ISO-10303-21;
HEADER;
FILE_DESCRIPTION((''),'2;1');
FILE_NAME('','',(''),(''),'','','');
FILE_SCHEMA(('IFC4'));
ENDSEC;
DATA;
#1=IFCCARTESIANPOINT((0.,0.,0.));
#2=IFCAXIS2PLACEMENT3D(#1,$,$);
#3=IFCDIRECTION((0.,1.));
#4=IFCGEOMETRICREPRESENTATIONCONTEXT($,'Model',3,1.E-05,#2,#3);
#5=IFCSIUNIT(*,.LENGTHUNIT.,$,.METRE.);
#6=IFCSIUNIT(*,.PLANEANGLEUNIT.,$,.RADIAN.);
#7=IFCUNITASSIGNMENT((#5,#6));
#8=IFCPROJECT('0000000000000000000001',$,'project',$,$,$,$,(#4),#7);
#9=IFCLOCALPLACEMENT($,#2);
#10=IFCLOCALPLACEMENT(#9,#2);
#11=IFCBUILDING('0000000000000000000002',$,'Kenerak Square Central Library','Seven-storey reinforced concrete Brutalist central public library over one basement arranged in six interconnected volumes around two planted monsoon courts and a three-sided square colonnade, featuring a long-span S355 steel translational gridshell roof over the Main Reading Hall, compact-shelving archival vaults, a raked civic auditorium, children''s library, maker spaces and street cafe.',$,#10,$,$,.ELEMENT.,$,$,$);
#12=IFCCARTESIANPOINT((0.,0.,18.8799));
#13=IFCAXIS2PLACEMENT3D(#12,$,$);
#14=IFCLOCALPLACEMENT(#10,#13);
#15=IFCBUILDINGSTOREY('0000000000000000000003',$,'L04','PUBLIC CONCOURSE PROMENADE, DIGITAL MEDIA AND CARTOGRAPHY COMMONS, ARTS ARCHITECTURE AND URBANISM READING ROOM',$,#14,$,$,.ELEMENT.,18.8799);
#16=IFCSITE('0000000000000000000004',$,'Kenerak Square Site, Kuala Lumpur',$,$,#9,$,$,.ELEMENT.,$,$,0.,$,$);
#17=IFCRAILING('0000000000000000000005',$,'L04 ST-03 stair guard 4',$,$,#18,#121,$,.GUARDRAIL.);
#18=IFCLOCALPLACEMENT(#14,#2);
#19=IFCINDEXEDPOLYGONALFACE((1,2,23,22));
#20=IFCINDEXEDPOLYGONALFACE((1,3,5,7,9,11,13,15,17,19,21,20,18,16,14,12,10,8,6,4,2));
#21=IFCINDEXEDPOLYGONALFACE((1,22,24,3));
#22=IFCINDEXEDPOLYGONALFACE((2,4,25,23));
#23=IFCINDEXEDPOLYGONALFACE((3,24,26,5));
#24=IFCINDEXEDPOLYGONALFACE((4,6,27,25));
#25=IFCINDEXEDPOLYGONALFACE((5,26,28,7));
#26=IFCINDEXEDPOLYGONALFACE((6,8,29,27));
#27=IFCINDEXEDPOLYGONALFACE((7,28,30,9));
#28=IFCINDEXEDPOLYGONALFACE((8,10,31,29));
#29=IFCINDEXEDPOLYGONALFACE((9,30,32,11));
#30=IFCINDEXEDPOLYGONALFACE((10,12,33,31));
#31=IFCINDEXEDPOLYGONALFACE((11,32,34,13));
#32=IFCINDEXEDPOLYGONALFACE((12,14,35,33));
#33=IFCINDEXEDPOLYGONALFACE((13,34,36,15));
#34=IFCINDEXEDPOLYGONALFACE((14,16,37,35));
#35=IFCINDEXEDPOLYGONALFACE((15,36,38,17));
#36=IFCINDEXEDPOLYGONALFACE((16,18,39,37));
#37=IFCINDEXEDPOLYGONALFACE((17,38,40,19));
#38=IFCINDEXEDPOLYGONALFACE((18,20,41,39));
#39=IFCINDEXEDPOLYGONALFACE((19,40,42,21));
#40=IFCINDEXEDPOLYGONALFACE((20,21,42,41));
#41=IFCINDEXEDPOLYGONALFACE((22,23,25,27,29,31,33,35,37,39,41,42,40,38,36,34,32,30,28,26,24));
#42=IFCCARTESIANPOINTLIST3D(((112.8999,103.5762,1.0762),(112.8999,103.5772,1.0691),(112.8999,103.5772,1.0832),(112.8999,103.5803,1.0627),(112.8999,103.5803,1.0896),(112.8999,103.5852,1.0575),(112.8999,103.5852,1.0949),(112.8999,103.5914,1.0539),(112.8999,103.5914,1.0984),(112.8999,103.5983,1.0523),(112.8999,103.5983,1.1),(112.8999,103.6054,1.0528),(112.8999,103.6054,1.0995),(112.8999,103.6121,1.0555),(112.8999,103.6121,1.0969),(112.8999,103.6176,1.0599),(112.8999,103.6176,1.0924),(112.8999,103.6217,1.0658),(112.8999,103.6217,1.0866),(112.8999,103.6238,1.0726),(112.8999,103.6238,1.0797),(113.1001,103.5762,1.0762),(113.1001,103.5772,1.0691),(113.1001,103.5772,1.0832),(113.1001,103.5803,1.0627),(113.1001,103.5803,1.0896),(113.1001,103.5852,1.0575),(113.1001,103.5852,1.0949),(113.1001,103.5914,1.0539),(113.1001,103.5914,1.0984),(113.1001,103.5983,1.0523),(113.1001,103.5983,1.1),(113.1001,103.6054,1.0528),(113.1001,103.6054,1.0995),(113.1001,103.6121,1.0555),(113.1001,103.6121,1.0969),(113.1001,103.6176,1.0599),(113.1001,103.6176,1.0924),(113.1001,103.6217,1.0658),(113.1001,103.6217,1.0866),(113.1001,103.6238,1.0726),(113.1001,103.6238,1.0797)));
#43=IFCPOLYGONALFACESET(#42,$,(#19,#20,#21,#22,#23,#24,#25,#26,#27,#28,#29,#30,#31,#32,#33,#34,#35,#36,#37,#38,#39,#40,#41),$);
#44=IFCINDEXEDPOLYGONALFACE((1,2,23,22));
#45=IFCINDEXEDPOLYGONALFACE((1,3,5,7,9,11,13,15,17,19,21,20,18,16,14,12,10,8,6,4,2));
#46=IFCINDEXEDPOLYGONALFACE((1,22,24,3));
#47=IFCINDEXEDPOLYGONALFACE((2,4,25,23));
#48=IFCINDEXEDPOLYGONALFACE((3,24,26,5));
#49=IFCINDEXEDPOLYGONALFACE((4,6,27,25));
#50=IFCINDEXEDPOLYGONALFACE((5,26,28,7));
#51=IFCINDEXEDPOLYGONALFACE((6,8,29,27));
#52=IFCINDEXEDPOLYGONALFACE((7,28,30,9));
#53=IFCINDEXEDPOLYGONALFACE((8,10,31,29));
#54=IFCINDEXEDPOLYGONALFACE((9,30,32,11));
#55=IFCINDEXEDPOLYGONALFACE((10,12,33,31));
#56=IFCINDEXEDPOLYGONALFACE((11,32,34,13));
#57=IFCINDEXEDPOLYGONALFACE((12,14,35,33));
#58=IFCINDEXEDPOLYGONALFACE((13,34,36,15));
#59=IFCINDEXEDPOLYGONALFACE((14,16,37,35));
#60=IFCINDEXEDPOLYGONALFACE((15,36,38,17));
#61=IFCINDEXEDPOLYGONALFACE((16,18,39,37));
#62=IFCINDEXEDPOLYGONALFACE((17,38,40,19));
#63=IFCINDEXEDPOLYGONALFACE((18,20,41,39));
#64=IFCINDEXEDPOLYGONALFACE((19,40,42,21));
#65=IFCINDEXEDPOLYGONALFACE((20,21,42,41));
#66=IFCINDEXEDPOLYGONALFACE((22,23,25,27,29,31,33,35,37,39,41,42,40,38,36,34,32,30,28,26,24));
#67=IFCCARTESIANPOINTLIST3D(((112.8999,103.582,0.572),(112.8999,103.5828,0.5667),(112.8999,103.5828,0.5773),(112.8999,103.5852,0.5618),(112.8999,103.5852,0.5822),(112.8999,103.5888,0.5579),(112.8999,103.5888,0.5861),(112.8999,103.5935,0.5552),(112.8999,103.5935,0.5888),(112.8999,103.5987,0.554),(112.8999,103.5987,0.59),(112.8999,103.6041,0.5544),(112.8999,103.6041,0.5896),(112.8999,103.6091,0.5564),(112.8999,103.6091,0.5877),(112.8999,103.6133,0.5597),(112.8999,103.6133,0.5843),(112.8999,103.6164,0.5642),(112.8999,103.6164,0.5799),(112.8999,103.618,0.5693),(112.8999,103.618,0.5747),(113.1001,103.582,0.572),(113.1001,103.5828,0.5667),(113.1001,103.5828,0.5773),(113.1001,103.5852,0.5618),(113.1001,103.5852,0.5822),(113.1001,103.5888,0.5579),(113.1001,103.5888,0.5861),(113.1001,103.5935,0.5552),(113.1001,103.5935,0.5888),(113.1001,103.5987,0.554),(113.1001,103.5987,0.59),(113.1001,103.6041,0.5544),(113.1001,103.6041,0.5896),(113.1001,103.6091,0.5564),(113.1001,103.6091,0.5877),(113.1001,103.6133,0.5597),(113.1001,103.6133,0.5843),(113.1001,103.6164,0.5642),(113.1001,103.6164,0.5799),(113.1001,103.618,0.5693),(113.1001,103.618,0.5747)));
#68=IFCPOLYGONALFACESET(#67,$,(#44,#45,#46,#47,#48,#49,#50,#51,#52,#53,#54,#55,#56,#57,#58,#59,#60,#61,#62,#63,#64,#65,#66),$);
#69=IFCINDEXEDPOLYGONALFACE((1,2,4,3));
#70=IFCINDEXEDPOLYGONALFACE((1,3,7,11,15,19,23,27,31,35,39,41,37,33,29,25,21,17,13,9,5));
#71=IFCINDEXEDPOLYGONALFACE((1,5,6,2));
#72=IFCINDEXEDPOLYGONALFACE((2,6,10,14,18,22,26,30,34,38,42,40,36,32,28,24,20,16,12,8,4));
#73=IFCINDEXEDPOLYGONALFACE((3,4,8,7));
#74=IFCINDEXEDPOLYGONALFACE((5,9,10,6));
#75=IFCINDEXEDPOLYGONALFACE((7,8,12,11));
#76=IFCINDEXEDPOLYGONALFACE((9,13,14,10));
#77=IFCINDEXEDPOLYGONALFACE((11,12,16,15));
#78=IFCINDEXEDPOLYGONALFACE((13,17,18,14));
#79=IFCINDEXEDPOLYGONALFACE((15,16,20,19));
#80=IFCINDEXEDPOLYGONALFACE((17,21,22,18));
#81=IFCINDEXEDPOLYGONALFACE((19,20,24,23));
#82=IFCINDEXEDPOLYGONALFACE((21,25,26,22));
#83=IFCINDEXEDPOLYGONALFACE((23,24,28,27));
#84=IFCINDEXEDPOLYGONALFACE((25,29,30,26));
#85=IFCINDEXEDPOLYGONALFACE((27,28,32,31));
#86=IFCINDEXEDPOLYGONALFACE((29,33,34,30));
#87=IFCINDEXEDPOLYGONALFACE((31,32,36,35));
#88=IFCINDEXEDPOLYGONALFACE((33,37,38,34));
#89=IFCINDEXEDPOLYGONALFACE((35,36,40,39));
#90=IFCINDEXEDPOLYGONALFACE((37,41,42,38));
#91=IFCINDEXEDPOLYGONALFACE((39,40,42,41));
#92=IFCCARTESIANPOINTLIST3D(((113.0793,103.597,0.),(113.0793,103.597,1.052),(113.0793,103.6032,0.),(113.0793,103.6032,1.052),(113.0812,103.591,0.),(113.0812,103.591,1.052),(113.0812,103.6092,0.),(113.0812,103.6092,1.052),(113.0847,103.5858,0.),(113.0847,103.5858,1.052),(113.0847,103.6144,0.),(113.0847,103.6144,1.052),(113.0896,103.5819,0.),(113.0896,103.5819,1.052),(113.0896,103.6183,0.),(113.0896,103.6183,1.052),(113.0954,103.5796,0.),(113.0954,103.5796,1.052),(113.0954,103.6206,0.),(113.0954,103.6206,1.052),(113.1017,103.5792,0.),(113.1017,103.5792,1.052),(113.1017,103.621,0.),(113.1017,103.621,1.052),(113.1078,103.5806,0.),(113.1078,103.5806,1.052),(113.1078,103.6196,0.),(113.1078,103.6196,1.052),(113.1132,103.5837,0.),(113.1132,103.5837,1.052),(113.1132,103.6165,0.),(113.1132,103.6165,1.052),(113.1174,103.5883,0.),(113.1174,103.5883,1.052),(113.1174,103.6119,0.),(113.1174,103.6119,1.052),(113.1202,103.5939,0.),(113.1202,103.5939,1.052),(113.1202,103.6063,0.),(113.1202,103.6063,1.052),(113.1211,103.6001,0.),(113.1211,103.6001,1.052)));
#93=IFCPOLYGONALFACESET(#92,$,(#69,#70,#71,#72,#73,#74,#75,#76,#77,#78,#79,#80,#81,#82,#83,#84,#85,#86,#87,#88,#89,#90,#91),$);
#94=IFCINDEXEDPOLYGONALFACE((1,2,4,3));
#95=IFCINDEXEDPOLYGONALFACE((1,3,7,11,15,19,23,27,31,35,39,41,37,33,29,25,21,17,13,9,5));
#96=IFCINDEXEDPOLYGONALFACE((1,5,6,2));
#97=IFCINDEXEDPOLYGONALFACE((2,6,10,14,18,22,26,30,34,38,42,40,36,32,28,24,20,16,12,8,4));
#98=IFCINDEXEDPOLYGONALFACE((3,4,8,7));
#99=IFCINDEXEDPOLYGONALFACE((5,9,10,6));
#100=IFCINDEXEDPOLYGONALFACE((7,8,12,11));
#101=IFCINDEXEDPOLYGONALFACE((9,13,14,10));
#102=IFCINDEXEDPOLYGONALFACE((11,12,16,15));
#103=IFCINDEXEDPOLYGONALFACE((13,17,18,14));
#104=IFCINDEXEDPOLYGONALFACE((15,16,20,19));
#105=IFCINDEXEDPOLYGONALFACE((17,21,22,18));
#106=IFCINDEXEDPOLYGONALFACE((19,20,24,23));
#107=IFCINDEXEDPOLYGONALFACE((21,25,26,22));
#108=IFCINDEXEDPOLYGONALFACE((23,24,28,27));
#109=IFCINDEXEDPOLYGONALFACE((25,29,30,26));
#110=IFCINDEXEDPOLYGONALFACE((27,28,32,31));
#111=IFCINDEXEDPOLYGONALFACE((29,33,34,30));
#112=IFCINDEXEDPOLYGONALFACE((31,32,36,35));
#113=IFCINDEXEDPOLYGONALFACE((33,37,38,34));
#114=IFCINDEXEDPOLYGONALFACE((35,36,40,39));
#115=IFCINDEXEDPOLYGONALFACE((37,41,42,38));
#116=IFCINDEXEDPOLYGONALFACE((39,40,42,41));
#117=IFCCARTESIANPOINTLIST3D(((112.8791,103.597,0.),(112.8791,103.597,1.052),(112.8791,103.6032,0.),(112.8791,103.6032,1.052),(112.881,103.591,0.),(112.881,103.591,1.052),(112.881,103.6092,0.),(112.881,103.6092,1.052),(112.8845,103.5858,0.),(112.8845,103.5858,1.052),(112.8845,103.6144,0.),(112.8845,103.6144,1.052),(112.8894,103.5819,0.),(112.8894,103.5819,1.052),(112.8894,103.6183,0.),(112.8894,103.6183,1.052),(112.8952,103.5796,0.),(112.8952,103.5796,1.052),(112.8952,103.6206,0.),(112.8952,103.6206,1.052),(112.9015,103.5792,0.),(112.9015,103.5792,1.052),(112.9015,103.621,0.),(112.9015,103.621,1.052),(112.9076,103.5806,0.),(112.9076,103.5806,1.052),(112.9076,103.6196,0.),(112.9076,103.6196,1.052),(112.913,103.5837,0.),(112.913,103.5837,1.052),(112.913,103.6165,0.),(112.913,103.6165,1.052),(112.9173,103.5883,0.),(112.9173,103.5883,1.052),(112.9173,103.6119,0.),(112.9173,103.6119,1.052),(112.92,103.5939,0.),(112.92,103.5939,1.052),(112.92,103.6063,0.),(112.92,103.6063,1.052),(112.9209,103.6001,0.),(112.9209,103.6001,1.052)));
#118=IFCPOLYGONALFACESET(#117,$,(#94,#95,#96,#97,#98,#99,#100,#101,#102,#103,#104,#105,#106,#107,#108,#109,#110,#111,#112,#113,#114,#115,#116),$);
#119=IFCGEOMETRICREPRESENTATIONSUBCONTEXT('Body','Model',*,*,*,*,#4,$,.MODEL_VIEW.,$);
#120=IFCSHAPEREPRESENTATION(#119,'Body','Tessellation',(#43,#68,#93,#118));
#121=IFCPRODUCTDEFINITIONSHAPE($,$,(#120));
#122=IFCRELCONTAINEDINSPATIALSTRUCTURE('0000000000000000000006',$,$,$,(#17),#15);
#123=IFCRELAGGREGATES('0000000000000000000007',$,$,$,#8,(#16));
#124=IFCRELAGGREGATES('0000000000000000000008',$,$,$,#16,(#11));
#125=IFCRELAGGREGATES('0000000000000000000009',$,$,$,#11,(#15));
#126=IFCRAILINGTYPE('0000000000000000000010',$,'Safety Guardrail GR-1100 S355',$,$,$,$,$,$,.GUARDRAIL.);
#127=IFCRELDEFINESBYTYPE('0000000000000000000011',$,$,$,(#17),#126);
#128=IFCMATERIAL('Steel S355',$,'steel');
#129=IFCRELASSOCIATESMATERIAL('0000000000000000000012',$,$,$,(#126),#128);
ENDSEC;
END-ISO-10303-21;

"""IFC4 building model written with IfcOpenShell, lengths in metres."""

from ifc_helpers import new_model, si_unit, direction, frame, origin, origin_2d, place, context, subcontext, project, spatial, circle, extrude, material, type_object, element, save


model = new_model("IFC4")

# Units and contexts
model_context = context("Model", 3, precision=1e-05, world=origin(), true_north=direction((0.0, 1.0)))
body_context = subcontext(model_context, "Body", "Model", "MODEL_VIEW")
ifc_project = project(units=[si_unit("LENGTHUNIT", "METRE"), si_unit("PLANEANGLEUNIT", "RADIAN")], contexts=[model_context])

# Site, building, storey
site_placement = place(None, origin())
site = spatial("IfcSite", under=ifc_project, at=site_placement, Name="Kenerak Square Site, Kuala Lumpur", CompositionType="ELEMENT", RefElevation=0.0)
building_placement = place(site_placement, origin())
building = spatial("IfcBuilding", under=site, at=building_placement, Name="Kenerak Square Central Library", Description="Seven-storey reinforced concrete Brutalist central public library over one basement arranged in six interconnected volumes around two planted monsoon courts and a three-sided square colonnade, featuring a long-span S355 steel translational gridshell roof over the Main Reading Hall, compact-shelving archival vaults, a raked civic auditorium, children's library, maker spaces and street cafe.", CompositionType="ELEMENT")
storey_placement = place(building_placement, frame((0.0, 0.0, 18.8799)))
storey = spatial("IfcBuildingStorey", under=building, at=storey_placement, Name="L04", Description="PUBLIC CONCOURSE PROMENADE, DIGITAL MEDIA AND CARTOGRAPHY COMMONS, ARTS ARCHITECTURE AND URBANISM READING ROOM", CompositionType="ELEMENT", Elevation=18.8799)

# Railing
ifc_material_1 = material(Name="Steel S355", Category="steel")
railing_type_1 = type_object("IfcRailingType", Name="Safety Guardrail GR-1100 S355", PredefinedType="GUARDRAIL", material=ifc_material_1)
railing_1_placement = place(storey_placement, frame((113.1001, 103.6001, 0.0)))
element("IfcRailing", 1, at=railing_1_placement, inside=storey, type_object=railing_type_1, Name="L04 ST-03 stair guard 4", PredefinedType="GUARDRAIL", context=body_context, shape_type="SweptSolid", body=[
    extrude(circle(Radius=0.0239, at=origin_2d()), frame((0.0, 0.0, 1.0762), z_axis=(-1.0, 0.0, 0.0), x_axis=(0.0, -1.0, 0.0)), (0.0, 0.0, 1.0), 0.2002),
    extrude(circle(Radius=0.0181, at=origin_2d()), frame((0.0, 0.0, 0.572), z_axis=(-1.0, 0.0, 0.0), x_axis=(0.0, -1.0, 0.0)), (0.0, 0.0, 1.0), 0.2002),
    extrude(circle(Radius=0.021, at=origin_2d()), origin(), (0.0, 0.0, 1.0), 1.052),
    extrude(circle(Radius=0.021, at=origin_2d()), frame((-0.2002, 0.0, 0.0)), (0.0, 0.0, 1.0), 1.052),
])

save(model, "model.ifc")
